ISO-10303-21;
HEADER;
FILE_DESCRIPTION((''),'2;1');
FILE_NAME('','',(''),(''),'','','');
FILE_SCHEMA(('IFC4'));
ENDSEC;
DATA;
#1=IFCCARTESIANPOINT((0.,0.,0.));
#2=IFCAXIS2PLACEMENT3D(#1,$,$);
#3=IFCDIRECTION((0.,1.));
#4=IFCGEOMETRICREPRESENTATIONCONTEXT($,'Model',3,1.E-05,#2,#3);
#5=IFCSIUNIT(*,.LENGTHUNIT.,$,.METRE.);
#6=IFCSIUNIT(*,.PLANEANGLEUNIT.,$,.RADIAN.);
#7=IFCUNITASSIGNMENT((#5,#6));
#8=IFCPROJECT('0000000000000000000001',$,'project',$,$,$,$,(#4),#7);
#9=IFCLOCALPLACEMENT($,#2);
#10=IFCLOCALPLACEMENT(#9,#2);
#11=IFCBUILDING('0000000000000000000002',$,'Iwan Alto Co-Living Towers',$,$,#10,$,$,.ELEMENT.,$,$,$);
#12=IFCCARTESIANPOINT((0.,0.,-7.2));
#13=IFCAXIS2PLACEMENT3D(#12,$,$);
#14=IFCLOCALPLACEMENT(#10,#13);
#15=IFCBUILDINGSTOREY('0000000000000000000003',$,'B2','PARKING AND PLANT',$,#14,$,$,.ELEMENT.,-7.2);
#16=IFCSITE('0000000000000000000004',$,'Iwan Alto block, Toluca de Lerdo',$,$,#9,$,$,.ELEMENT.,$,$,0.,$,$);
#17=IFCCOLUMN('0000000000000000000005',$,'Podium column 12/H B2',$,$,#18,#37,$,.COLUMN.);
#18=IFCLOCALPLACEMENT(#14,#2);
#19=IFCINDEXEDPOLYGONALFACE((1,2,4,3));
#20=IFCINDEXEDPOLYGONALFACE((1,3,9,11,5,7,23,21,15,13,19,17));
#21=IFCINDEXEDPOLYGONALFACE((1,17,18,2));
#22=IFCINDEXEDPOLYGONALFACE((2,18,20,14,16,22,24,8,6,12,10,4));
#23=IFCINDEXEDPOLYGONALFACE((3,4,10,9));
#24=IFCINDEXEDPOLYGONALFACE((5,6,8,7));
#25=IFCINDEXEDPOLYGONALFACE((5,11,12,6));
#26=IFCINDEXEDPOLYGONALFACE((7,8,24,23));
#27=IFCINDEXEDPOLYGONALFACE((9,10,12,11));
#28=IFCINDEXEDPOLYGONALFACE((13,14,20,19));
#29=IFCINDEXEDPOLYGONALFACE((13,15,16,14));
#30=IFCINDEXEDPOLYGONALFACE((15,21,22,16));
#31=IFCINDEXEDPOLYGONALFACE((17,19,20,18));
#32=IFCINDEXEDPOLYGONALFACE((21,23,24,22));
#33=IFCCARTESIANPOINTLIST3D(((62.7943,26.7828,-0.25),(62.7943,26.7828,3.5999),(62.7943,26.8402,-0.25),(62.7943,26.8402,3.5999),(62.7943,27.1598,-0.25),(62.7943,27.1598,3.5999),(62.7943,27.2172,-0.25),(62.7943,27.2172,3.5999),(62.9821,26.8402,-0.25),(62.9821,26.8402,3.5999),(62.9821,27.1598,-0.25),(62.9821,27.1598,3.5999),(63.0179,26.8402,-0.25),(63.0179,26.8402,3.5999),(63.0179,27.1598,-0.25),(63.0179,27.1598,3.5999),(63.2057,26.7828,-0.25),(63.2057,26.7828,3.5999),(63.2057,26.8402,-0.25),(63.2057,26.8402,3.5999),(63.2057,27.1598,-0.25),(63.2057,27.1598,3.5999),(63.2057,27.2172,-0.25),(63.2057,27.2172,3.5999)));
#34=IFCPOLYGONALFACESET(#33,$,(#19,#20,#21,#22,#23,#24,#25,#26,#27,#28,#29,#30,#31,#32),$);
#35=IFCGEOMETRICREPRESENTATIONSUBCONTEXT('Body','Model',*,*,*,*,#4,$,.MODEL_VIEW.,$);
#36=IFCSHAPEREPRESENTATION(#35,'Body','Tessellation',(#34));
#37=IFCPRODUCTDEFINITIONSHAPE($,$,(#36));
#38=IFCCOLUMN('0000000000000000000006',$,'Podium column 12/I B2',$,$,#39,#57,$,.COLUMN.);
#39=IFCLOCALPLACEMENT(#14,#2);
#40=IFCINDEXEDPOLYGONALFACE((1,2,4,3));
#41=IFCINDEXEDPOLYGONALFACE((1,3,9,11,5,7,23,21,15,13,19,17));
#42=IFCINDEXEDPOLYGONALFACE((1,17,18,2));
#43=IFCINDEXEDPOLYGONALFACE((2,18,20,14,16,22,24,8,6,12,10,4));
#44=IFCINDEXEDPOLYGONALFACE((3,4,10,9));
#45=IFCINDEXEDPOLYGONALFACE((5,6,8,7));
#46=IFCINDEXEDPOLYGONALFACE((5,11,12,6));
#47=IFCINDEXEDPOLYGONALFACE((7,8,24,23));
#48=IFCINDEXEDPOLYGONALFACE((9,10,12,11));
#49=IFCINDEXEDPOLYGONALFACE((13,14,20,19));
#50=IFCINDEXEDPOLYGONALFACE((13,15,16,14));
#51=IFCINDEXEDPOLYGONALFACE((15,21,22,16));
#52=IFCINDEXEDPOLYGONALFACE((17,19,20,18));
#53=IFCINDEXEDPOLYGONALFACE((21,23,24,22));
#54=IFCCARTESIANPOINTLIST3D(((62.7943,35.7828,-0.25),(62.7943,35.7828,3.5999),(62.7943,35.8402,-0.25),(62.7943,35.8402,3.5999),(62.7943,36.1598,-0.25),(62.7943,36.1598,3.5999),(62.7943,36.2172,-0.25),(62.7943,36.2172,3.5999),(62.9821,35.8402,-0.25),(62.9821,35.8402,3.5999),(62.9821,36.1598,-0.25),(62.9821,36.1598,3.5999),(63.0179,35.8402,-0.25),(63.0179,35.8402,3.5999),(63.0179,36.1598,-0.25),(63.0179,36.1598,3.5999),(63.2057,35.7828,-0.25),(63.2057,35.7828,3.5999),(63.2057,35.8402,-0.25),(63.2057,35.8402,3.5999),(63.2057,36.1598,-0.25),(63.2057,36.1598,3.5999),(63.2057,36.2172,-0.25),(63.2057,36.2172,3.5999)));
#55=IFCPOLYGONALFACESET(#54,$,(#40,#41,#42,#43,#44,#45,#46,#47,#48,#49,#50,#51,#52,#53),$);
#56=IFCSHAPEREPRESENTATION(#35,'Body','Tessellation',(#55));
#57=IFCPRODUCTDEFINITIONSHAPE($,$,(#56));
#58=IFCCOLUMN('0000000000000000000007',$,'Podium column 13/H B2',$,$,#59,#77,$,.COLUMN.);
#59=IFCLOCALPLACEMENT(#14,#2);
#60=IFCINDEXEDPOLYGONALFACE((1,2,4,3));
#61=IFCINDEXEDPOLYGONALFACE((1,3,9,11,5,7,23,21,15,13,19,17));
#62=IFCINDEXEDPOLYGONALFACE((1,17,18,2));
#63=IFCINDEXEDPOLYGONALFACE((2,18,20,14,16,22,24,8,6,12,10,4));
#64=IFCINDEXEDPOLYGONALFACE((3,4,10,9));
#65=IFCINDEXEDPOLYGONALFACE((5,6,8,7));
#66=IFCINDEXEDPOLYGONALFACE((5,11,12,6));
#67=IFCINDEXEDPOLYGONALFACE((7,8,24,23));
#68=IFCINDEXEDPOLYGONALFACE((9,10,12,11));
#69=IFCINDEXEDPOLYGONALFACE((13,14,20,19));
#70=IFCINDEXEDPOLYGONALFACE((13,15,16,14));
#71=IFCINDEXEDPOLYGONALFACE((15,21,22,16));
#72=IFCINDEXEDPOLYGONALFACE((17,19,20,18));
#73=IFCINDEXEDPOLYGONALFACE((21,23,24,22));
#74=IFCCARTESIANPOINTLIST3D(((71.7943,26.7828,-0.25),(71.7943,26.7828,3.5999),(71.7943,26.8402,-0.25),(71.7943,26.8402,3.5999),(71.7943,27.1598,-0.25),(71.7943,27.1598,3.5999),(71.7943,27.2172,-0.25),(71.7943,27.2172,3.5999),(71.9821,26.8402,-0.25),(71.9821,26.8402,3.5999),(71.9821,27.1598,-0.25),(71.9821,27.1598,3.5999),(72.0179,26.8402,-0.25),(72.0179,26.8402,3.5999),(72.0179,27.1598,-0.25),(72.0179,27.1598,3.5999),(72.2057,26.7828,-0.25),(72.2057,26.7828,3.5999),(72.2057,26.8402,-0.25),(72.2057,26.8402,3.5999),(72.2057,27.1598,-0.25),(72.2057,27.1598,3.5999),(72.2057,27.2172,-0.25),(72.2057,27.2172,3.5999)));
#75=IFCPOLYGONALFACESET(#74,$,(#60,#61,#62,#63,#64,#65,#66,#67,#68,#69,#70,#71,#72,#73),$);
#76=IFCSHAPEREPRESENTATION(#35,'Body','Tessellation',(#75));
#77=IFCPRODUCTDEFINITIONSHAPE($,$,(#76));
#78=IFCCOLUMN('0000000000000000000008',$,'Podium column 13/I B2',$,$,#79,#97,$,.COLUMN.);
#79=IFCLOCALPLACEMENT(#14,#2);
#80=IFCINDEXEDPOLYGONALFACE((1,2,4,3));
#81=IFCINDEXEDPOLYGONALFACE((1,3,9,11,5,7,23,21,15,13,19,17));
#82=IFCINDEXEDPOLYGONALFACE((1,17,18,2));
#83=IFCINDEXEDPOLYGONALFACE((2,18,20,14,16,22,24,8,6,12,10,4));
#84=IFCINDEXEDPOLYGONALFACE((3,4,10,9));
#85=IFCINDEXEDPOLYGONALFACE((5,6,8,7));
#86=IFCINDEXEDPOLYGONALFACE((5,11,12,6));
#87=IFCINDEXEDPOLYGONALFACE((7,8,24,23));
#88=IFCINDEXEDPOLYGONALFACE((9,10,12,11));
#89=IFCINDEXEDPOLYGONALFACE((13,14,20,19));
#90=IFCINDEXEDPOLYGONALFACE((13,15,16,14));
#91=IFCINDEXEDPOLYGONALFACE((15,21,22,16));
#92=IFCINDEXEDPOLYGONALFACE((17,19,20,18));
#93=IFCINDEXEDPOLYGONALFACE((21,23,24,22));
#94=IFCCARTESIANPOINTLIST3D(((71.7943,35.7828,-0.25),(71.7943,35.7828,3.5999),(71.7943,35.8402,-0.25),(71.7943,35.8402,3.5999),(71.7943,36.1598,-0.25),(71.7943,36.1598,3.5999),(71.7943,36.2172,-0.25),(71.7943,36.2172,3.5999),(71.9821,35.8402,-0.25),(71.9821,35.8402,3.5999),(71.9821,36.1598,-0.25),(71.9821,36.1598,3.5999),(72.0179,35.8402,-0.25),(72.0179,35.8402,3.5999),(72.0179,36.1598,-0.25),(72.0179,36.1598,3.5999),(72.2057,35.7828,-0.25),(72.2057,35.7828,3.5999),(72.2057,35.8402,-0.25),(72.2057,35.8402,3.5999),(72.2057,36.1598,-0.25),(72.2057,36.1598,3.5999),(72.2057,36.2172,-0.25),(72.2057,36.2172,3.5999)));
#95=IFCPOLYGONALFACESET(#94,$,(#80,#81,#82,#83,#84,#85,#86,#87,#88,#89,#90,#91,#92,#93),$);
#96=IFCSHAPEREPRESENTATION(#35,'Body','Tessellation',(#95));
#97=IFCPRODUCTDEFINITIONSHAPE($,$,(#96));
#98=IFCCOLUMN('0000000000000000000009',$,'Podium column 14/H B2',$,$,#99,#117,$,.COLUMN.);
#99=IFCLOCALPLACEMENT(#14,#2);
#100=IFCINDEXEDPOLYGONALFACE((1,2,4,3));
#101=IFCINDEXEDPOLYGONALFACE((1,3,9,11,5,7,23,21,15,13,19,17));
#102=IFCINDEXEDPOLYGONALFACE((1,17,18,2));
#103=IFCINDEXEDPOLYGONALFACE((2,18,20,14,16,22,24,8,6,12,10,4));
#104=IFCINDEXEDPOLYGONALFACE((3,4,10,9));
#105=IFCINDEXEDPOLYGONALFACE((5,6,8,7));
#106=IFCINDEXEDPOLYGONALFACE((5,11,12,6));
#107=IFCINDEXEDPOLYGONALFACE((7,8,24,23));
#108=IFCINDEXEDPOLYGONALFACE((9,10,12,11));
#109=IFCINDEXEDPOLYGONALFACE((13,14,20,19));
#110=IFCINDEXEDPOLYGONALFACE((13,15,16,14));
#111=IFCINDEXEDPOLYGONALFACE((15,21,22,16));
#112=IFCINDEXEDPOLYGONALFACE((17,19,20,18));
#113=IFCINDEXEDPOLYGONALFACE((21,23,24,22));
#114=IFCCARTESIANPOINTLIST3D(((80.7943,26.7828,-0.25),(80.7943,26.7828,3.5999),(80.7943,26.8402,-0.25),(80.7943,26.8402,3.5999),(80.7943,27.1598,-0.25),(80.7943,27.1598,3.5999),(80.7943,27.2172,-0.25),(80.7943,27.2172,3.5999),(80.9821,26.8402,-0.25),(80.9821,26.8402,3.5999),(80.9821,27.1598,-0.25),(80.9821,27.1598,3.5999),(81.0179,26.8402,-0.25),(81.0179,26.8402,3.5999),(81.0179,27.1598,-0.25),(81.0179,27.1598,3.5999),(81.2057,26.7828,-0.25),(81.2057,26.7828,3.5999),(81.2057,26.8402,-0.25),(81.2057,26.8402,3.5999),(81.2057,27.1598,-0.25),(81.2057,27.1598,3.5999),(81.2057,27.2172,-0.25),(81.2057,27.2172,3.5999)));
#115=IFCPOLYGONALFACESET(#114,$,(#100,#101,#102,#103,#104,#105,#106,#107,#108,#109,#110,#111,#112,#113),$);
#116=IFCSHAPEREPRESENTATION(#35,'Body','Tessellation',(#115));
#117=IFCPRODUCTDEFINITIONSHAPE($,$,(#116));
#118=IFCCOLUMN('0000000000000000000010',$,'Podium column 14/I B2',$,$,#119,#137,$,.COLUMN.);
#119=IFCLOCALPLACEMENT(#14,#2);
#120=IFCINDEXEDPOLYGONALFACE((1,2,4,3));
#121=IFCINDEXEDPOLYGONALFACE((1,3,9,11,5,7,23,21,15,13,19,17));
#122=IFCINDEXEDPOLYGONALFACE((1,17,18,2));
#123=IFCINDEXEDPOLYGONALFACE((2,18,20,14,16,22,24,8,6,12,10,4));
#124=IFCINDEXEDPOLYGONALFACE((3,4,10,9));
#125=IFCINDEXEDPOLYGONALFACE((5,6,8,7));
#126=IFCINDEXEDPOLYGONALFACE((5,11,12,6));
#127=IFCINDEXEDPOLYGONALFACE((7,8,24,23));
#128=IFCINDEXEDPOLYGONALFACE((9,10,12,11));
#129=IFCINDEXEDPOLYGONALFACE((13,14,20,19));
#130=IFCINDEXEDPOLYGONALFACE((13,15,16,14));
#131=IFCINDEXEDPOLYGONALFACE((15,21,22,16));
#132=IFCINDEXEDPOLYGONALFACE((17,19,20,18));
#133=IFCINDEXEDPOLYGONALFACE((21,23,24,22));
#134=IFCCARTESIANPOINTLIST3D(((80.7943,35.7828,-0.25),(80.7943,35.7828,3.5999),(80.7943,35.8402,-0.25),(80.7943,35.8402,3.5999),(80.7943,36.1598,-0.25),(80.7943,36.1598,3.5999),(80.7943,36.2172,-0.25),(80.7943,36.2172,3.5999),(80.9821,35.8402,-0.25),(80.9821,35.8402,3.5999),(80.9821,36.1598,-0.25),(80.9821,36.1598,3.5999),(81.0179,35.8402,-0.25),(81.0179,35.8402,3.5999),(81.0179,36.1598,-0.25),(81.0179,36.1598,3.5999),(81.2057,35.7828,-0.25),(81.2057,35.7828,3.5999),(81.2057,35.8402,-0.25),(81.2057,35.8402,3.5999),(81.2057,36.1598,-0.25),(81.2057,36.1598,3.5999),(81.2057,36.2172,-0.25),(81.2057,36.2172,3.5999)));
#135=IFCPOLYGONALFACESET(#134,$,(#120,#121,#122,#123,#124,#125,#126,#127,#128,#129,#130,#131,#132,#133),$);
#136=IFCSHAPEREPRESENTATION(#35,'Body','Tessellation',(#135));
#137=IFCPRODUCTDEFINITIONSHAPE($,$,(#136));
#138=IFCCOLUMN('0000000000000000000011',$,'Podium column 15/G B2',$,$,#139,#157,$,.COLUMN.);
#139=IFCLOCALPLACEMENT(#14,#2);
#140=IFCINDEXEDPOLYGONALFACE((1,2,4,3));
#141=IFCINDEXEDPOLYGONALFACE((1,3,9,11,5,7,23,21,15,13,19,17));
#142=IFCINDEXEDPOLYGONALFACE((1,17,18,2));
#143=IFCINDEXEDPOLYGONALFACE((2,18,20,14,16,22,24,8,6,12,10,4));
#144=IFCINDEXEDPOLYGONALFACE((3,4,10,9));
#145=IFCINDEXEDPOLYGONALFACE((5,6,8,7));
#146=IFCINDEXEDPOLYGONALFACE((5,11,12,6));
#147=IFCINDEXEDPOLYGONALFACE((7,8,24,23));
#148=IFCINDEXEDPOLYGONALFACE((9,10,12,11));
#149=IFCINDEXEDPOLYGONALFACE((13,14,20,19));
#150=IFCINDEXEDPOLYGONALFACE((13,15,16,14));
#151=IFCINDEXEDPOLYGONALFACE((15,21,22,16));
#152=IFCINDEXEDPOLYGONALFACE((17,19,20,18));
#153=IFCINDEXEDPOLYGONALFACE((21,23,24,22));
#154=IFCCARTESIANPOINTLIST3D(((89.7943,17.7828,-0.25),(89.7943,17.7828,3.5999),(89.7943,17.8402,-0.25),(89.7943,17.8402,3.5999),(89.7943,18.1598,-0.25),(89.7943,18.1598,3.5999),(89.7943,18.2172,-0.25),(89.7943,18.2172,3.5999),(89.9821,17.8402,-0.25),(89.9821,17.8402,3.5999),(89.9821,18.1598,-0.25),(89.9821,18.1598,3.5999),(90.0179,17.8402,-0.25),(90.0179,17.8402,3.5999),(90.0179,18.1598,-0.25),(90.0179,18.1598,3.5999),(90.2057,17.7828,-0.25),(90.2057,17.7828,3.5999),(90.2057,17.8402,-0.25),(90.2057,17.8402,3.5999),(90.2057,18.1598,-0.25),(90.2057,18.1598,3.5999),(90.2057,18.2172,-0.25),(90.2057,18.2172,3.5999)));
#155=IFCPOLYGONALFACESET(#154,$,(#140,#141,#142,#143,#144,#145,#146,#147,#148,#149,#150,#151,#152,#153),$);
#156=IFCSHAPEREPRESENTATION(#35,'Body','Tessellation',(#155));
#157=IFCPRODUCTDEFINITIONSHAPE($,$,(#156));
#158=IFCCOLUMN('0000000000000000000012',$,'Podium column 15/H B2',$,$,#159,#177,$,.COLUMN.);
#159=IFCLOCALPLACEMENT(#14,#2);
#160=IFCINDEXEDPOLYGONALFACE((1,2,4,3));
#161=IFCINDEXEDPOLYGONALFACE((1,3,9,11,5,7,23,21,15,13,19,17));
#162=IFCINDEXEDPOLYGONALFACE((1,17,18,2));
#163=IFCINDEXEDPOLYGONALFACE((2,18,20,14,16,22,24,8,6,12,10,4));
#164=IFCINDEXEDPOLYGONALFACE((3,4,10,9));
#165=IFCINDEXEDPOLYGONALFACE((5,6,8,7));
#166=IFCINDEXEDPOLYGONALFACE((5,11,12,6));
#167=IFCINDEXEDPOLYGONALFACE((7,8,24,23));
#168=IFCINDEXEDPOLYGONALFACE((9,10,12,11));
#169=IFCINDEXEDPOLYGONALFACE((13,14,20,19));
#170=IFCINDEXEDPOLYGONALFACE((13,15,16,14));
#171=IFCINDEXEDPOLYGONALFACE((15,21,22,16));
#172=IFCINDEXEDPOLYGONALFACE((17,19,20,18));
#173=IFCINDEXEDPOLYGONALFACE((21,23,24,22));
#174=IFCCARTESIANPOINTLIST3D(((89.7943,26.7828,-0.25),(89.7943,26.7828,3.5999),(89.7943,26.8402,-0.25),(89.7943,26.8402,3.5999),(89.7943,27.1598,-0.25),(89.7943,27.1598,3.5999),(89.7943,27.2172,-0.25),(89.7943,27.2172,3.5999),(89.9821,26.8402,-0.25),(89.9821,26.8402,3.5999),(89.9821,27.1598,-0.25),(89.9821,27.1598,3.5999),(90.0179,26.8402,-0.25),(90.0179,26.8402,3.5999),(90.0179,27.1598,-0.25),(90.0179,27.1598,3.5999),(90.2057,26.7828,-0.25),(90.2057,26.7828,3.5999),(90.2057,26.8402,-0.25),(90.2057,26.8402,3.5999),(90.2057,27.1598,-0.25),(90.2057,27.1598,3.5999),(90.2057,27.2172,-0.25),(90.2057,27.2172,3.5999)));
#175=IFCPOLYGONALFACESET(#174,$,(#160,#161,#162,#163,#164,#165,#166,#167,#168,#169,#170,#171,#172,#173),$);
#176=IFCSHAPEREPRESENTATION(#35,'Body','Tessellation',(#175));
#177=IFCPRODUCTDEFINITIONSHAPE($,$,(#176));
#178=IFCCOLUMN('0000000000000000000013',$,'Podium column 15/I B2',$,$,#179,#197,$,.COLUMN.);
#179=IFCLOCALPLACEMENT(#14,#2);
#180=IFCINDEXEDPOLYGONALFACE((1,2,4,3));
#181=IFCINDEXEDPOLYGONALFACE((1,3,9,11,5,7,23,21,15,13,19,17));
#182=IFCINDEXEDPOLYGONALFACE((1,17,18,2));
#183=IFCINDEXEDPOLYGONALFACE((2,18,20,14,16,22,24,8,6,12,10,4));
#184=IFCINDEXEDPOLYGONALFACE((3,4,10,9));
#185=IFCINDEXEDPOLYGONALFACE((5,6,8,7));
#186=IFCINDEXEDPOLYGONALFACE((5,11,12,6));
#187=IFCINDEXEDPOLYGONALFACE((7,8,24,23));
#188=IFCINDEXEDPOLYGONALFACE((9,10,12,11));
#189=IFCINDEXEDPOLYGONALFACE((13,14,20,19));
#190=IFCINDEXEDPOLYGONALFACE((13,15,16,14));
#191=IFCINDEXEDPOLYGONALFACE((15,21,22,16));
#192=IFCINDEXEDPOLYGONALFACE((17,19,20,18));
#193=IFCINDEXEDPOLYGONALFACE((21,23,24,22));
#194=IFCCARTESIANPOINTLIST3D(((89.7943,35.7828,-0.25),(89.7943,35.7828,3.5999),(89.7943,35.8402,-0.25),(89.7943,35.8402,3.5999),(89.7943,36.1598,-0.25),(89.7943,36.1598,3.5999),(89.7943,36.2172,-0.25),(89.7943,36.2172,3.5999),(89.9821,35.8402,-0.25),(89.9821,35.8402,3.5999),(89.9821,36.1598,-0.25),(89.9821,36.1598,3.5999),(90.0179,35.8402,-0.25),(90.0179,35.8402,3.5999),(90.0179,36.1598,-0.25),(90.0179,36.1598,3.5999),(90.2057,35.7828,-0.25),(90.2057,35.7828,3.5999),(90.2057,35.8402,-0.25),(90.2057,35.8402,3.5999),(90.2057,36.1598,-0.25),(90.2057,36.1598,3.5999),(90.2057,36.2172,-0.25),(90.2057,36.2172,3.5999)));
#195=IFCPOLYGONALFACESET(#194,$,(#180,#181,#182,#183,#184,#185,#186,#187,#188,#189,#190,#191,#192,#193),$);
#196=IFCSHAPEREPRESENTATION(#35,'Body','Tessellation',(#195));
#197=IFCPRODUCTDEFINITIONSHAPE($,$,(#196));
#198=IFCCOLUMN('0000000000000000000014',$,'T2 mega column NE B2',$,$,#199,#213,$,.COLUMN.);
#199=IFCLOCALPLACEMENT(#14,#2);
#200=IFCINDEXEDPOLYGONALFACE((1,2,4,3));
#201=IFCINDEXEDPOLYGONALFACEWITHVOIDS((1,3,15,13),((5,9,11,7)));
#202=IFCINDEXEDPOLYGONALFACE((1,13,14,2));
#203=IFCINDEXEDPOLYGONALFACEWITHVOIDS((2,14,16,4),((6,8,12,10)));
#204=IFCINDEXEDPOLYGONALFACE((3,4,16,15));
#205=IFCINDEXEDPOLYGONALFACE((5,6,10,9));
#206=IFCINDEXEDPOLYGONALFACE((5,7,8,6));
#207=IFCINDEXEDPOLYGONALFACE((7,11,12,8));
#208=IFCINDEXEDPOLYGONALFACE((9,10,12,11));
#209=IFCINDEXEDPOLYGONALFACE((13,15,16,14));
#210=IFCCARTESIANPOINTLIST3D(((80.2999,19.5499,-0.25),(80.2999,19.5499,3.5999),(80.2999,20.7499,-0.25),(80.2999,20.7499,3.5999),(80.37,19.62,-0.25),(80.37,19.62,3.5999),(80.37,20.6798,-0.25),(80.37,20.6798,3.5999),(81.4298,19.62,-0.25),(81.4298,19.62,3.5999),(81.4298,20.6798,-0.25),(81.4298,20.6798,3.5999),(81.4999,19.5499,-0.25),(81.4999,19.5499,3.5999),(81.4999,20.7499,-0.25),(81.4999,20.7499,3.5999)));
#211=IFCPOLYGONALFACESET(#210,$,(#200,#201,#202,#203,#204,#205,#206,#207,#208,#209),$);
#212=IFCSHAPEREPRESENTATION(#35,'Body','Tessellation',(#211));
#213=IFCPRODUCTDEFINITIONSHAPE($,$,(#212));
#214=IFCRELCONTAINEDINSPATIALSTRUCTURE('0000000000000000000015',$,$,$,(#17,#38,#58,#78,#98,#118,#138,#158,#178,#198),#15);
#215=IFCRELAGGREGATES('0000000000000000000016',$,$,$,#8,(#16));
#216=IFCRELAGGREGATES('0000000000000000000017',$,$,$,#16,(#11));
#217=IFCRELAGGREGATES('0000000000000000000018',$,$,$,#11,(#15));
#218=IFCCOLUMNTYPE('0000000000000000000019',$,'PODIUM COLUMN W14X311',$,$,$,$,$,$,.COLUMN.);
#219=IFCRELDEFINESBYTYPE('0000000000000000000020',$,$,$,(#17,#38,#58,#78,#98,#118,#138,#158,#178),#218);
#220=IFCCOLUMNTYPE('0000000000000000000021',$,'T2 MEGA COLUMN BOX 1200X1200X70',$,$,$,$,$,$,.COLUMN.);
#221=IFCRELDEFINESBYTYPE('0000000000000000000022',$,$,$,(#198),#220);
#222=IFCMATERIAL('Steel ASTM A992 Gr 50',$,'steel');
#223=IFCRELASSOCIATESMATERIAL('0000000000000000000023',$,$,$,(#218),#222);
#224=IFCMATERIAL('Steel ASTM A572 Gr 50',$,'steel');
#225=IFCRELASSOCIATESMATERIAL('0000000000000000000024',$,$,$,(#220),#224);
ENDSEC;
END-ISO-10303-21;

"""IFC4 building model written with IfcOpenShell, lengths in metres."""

from ifc_helpers import new_model, si_unit, direction, frame, origin, origin_2d, place, context, subcontext, project, spatial, hollow_rectangle, i_section, extrude, material, material_profile, profile_set, type_object, element, save


model = new_model("IFC4")

# Units and contexts
model_context = context("Model", 3, precision=1e-05, world=origin(), true_north=direction((0.0, 1.0)))
body_context = subcontext(model_context, "Body", "Model", "MODEL_VIEW")
ifc_project = project(units=[si_unit("LENGTHUNIT", "METRE"), si_unit("PLANEANGLEUNIT", "RADIAN")], contexts=[model_context])

# Site, building, storey
site_placement = place(None, origin())
site = spatial("IfcSite", under=ifc_project, at=site_placement, Name="Iwan Alto block, Toluca de Lerdo", CompositionType="ELEMENT", RefElevation=0.0)
building_placement = place(site_placement, origin())
building = spatial("IfcBuilding", under=site, at=building_placement, Name="Iwan Alto Co-Living Towers", CompositionType="ELEMENT")
storey_placement = place(building_placement, frame((0.0, 0.0, -7.2)))
storey = spatial("IfcBuildingStorey", under=building, at=storey_placement, Name="B2", Description="PARKING AND PLANT", CompositionType="ELEMENT", Elevation=-7.2)

# Columns
ifc_material_1 = material(Name="Steel ASTM A992 Gr 50", Category="steel")
ifc_material_profile_1 = material_profile(ifc_material_1, i_section(OverallWidth=0.4114, OverallDepth=0.4343, WebThickness=0.0359, FlangeThickness=0.0574, at=origin_2d()), Name="W14X311")
ifc_profile_set_1 = profile_set([ifc_material_profile_1], Name="Steel ASTM A992 Gr 50")
column_type_1 = type_object("IfcColumnType", Name="PODIUM COLUMN W14X311", PredefinedType="COLUMN", material=ifc_profile_set_1)
for number, where, z_axis, x_axis, name in (
    (1, (63.0, 27.0, -0.25), (0.0, 0.0, 1.0), (1.0, 0.0, 0.0), "Podium column 12/H B2"),
    (2, (63.0, 36.0, -0.25), (0.0, 0.0, 1.0), (1.0, 0.0, 0.0), "Podium column 12/I B2"),
    (3, (72.0, 27.0, -0.25), (0.0, 0.0, 1.0), (1.0, 0.0, 0.0), "Podium column 13/H B2"),
    (4, (72.0, 36.0, -0.25), (0.0, 0.0, 1.0), (1.0, 0.0, 0.0), "Podium column 13/I B2"),
    (5, (81.0, 27.0, -0.25), (0.0, 0.0, 1.0), (1.0, 0.0, 0.0), "Podium column 14/H B2"),
    (6, (81.0, 36.0, -0.25), (0.0, 0.0, 1.0), (1.0, 0.0, 0.0), "Podium column 14/I B2"),
    (7, (90.0, 18.0, -0.25), (0.0, 0.0, 1.0), (1.0, 0.0, 0.0), "Podium column 15/G B2"),
    (8, (90.0, 27.0, -0.25), (0.0, 0.0, 1.0), (1.0, 0.0, 0.0), "Podium column 15/H B2"),
    (9, (90.0, 36.0, -0.25), (0.0, 0.0, 1.0), (1.0, 0.0, 0.0), "Podium column 15/I B2"),
):
    element("IfcColumn", number, at=place(storey_placement, frame(where, z_axis=z_axis, x_axis=x_axis)), inside=storey, type_object=column_type_1, Name=name, PredefinedType="COLUMN", context=body_context, shape_type="SweptSolid", body=[
        extrude(i_section(OverallWidth=0.4114, OverallDepth=0.4343, WebThickness=0.0359, FlangeThickness=0.0574, at=origin_2d()), origin(), (0.0, 0.0, 1.0), 3.8499),
    ])
ifc_material_2 = material(Name="Steel ASTM A572 Gr 50", Category="steel")
ifc_material_profile_2 = material_profile(ifc_material_2, hollow_rectangle(XDim=1.2, YDim=1.2, WallThickness=0.0701, at=origin_2d()), Name="BOX 1200X1200X70")
ifc_profile_set_2 = profile_set([ifc_material_profile_2], Name="Steel ASTM A572 Gr 50")
column_type_2 = type_object("IfcColumnType", Name="T2 MEGA COLUMN BOX 1200X1200X70", PredefinedType="COLUMN", material=ifc_profile_set_2)
column_placement = place(storey_placement, frame((80.8999, 20.1499, -0.25), z_axis=(0.0, 0.0, 1.0), x_axis=(1.0, 0.0, 0.0)))
element("IfcColumn", 10, at=column_placement, inside=storey, type_object=column_type_2, Name="T2 mega column NE B2", PredefinedType="COLUMN", context=body_context, shape_type="SweptSolid", body=[
    extrude(hollow_rectangle(XDim=1.2, YDim=1.2, WallThickness=0.0701, at=origin_2d()), origin(), (0.0, 0.0, 1.0), 3.8499),
])

save(model, "model.ifc")
